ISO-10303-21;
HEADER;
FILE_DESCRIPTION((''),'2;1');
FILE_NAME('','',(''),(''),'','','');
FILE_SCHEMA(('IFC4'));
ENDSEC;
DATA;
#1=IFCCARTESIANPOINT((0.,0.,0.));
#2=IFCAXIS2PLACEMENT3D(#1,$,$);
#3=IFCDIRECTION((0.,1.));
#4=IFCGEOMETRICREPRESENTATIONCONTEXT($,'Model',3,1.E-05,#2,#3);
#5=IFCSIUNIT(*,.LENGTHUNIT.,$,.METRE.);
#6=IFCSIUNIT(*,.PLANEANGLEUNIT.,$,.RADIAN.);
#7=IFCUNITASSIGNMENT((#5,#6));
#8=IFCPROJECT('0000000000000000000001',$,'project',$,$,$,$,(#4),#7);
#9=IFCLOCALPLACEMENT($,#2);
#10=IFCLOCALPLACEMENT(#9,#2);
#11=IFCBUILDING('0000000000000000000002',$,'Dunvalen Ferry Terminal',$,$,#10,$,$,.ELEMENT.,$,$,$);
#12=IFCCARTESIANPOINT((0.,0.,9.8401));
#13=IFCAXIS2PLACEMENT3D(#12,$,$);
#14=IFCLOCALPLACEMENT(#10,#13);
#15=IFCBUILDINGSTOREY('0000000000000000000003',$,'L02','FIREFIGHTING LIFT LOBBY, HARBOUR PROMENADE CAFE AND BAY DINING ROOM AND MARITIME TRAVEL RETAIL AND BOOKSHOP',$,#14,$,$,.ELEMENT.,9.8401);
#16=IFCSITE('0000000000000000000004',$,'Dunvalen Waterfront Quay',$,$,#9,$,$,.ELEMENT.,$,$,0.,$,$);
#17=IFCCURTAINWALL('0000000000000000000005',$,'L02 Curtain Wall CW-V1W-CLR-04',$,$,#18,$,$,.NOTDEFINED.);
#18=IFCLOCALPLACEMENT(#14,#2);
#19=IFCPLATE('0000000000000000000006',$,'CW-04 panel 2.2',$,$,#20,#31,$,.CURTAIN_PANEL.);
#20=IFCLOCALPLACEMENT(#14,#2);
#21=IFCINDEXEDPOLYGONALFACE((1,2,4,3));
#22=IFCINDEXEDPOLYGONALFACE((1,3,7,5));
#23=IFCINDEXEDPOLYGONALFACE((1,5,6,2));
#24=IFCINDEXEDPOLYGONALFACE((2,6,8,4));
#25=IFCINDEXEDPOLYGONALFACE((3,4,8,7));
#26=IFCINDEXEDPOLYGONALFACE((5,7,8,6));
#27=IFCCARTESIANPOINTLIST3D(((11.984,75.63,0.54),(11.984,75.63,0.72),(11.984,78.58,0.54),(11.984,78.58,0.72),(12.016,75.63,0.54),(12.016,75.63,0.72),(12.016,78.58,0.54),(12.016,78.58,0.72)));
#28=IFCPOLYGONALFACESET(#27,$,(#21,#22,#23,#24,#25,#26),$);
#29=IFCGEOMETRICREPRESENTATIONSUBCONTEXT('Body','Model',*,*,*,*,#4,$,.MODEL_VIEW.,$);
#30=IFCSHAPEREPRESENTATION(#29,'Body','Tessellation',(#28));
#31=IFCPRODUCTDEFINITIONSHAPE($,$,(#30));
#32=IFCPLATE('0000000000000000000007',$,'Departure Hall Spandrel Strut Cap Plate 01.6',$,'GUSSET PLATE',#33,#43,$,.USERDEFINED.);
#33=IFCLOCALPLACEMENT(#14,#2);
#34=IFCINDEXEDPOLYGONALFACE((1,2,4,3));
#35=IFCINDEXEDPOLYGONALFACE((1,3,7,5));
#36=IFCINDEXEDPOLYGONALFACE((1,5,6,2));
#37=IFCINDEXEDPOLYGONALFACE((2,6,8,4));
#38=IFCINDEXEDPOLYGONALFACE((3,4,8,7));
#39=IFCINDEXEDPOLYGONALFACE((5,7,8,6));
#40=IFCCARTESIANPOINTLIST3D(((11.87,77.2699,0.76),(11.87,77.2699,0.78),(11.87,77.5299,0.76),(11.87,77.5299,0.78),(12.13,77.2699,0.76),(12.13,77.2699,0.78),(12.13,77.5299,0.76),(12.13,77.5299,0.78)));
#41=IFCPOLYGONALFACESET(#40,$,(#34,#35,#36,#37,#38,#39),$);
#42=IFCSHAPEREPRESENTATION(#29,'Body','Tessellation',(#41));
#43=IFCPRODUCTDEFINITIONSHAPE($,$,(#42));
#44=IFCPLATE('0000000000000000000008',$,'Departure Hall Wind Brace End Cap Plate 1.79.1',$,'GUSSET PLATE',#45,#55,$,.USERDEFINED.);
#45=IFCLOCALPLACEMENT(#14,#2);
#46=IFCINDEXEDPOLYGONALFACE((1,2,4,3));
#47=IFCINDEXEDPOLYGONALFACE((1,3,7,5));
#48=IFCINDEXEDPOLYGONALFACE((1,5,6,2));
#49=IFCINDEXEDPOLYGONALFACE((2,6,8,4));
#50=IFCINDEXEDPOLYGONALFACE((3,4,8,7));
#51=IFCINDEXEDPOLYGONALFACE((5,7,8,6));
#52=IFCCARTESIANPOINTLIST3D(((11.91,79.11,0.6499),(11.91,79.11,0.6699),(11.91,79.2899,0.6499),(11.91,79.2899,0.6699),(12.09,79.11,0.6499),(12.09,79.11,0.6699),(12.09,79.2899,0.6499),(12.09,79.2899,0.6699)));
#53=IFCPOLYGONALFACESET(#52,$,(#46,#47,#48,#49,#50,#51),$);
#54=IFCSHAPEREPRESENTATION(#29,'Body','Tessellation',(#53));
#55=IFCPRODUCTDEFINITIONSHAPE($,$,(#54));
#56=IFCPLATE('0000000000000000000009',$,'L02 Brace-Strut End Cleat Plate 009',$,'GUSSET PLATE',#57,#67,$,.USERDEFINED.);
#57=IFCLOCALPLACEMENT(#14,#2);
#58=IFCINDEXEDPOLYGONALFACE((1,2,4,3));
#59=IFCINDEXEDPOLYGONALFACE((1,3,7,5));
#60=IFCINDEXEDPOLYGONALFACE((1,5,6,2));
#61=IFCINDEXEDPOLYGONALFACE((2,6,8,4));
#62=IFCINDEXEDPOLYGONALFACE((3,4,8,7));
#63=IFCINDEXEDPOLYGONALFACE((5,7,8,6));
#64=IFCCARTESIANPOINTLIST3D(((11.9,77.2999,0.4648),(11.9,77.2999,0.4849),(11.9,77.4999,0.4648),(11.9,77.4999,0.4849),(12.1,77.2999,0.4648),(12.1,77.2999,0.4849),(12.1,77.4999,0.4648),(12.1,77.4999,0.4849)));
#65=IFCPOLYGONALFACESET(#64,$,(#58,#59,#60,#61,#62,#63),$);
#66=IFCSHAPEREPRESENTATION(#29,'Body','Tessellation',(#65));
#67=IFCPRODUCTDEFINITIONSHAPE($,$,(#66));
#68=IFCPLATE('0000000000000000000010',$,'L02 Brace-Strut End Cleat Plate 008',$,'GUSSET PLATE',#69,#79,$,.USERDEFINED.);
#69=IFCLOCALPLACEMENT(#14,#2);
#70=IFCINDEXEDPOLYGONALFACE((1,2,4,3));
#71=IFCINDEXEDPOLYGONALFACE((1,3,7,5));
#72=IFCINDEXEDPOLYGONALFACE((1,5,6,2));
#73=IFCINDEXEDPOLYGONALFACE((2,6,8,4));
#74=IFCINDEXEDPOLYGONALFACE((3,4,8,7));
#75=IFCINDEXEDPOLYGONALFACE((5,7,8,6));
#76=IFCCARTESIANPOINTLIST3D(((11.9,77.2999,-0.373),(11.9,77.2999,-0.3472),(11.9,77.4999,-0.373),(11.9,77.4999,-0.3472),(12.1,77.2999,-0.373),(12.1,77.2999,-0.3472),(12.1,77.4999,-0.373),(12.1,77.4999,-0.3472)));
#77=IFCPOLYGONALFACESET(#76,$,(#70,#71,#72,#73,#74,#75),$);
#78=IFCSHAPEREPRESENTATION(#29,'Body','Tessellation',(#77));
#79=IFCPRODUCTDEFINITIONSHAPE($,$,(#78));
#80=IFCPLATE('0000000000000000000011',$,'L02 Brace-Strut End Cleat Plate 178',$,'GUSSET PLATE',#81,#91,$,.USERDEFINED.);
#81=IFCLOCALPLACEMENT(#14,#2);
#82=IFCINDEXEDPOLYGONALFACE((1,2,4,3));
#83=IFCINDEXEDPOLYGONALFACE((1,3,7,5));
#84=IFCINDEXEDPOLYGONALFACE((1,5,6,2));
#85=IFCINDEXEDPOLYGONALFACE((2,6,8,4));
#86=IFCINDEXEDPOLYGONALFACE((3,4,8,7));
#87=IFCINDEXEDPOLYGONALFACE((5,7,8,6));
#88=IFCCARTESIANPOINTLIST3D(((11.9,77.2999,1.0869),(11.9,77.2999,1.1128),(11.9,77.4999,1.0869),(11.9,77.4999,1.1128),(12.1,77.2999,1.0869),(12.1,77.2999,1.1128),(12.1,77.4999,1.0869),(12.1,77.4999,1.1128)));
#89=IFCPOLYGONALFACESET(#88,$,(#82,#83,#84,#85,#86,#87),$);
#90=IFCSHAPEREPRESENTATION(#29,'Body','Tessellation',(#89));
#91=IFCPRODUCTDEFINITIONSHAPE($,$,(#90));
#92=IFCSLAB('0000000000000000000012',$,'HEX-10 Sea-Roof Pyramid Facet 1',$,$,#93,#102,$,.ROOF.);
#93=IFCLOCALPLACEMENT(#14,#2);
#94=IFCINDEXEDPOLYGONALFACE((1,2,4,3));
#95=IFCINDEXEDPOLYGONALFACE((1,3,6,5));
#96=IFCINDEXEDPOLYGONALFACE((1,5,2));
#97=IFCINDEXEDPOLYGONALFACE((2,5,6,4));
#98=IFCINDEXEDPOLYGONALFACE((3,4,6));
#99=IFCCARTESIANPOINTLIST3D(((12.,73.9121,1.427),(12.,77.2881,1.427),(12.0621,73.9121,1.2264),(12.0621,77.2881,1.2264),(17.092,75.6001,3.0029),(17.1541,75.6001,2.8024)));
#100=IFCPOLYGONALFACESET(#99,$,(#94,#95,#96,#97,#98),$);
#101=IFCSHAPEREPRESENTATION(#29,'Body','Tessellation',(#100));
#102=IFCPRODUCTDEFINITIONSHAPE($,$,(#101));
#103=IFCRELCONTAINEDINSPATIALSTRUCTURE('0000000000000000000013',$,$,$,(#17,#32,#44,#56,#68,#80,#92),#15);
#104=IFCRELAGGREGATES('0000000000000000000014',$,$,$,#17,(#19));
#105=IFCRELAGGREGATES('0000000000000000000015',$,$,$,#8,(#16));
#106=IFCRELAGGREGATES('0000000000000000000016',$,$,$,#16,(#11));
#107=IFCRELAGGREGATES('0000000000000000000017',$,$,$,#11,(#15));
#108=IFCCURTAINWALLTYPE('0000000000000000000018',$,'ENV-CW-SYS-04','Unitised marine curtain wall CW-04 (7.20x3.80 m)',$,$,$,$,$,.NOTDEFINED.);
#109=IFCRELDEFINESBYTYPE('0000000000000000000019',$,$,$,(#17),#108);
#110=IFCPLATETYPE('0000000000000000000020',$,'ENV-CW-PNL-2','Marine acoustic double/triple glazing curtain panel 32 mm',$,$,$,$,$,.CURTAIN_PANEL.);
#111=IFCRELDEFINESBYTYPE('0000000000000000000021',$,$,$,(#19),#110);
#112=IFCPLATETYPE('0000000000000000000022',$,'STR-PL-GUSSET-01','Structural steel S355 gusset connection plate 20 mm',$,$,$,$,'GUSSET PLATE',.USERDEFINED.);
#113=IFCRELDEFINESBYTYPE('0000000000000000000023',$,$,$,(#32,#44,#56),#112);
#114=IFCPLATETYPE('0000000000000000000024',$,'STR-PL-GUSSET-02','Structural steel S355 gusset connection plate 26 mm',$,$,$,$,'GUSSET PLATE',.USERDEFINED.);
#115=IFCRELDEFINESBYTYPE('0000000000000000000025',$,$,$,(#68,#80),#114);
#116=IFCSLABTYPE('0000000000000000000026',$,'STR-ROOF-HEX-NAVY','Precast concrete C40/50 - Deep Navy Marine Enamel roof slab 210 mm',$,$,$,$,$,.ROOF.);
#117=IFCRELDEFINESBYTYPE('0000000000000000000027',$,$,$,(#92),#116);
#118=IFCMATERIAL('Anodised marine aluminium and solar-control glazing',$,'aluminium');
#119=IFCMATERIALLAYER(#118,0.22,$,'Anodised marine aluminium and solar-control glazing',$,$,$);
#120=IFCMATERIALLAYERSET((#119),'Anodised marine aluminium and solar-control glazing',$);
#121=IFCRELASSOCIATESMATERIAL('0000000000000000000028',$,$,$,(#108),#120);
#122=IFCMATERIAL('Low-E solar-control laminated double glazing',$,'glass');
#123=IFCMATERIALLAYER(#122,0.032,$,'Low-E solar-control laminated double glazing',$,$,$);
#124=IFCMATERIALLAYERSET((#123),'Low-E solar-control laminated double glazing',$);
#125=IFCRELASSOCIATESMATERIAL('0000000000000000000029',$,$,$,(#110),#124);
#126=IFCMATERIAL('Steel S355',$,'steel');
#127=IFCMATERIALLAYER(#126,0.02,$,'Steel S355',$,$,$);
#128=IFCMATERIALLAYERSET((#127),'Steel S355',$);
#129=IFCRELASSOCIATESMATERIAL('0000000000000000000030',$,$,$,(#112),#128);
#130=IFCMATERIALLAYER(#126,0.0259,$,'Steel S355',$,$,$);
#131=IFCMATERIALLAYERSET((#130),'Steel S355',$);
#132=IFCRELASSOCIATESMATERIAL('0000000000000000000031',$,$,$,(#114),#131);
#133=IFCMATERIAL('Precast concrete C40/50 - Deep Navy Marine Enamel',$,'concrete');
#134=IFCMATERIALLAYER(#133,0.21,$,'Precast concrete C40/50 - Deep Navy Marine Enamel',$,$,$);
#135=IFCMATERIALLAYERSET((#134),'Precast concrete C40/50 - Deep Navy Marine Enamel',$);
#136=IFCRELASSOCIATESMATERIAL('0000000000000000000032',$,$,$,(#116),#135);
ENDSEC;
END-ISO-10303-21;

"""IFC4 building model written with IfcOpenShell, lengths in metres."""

from ifc_helpers import new_model, si_unit, direction, frame, origin, origin_2d, place, context, subcontext, project, spatial, polyline, rectangle, outline, extrude, material, layer, layer_set, type_object, element, aggregate, save


model = new_model("IFC4")

# Units and contexts
model_context = context("Model", 3, precision=1e-05, world=origin(), true_north=direction((0.0, 1.0)))
body_context = subcontext(model_context, "Body", "Model", "MODEL_VIEW")
ifc_project = project(units=[si_unit("LENGTHUNIT", "METRE"), si_unit("PLANEANGLEUNIT", "RADIAN")], contexts=[model_context])

# Site, building, storey
site_placement = place(None, origin())
site = spatial("IfcSite", under=ifc_project, at=site_placement, Name="Dunvalen Waterfront Quay", CompositionType="ELEMENT", RefElevation=0.0)
building_placement = place(site_placement, origin())
building = spatial("IfcBuilding", under=site, at=building_placement, Name="Dunvalen Ferry Terminal", CompositionType="ELEMENT")
storey_placement = place(building_placement, frame((0.0, 0.0, 9.8401)))
storey = spatial("IfcBuildingStorey", under=building, at=storey_placement, Name="L02", Description="FIREFIGHTING LIFT LOBBY, HARBOUR PROMENADE CAFE AND BAY DINING ROOM AND MARITIME TRAVEL RETAIL AND BOOKSHOP", CompositionType="ELEMENT", Elevation=9.8401)

# Curtain wall
ifc_material_1 = material(Name="Anodised marine aluminium and solar-control glazing", Category="aluminium")
ifc_layer_1 = layer(ifc_material_1, 0.22, Name="Anodised marine aluminium and solar-control glazing")
ifc_layer_set_1 = layer_set([ifc_layer_1], Name="Anodised marine aluminium and solar-control glazing")
curtain_wall_type = type_object("IfcCurtainWallType", Name="ENV-CW-SYS-04", Description="Unitised marine curtain wall CW-04 (7.20x3.80 m)", PredefinedType="NOTDEFINED", material=ifc_layer_set_1)
curtain_wall_1_placement = place(storey_placement, origin())
curtain_wall_1 = element("IfcCurtainWall", 1, at=curtain_wall_1_placement, inside=storey, type_object=curtain_wall_type, Name="L02 Curtain Wall CW-V1W-CLR-04", PredefinedType="NOTDEFINED")

# Shared definitions
ifc_material_2 = material(Name="Steel S355", Category="steel")

# Plate
ifc_material_3 = material(Name="Low-E solar-control laminated double glazing", Category="glass")
ifc_layer_2 = layer(ifc_material_3, 0.032, Name="Low-E solar-control laminated double glazing")
ifc_layer_set_2 = layer_set([ifc_layer_2], Name="Low-E solar-control laminated double glazing")
plate_type_1 = type_object("IfcPlateType", Name="ENV-CW-PNL-2", Description="Marine acoustic double/triple glazing curtain panel 32 mm", PredefinedType="CURTAIN_PANEL", material=ifc_layer_set_2)
plate_1_placement = place(storey_placement, frame((12.0, 77.105, 0.54), z_axis=(0.0, 0.0, 1.0), x_axis=(0.0, 1.0, 0.0)))
plate_1 = element("IfcPlate", 2, at=plate_1_placement, type_object=plate_type_1, Name="CW-04 panel 2.2", PredefinedType="CURTAIN_PANEL", context=body_context, shape_type="SweptSolid", body=[
    extrude(rectangle(XDim=2.95, YDim=0.032, at=origin_2d()), origin(), (0.0, 0.0, 1.0), 0.1799),
])
aggregate(curtain_wall_1, [plate_1])

# Plates
ifc_layer_3 = layer(ifc_material_2, 0.02, Name="Steel S355")
ifc_layer_set_3 = layer_set([ifc_layer_3], Name="Steel S355")
plate_type_2 = type_object("IfcPlateType", Name="STR-PL-GUSSET-01", Description="Structural steel S355 gusset connection plate 20 mm", ElementType="GUSSET PLATE", PredefinedType="USERDEFINED", material=ifc_layer_set_3)
plate_2_placement = place(storey_placement, frame((12.0, 77.3999, 0.76), z_axis=(0.0, 0.0, 1.0), x_axis=(1.0, 0.0, 0.0)))
element("IfcPlate", 3, at=plate_2_placement, inside=storey, type_object=plate_type_2, Name="Departure Hall Spandrel Strut Cap Plate 01.6", ObjectType="GUSSET PLATE", PredefinedType="USERDEFINED", context=body_context, shape_type="SweptSolid", body=[
    extrude(rectangle(XDim=0.26, YDim=0.26, at=origin_2d()), origin(), (0.0, 0.0, 1.0), 0.02),
])
plate_3_placement = place(storey_placement, frame((12.0, 79.2, 0.6499), z_axis=(0.0, 0.0, 1.0), x_axis=(1.0, 0.0, 0.0)))
element("IfcPlate", 4, at=plate_3_placement, inside=storey, type_object=plate_type_2, Name="Departure Hall Wind Brace End Cap Plate 1.79.1", ObjectType="GUSSET PLATE", PredefinedType="USERDEFINED", context=body_context, shape_type="SweptSolid", body=[
    extrude(rectangle(XDim=0.1799, YDim=0.1799, at=origin_2d()), origin(), (0.0, 0.0, 1.0), 0.02),
])
plate_4_placement = place(storey_placement, frame((12.0, 77.3999, 0.4648), z_axis=(0.0, 0.0, 1.0), x_axis=(1.0, 0.0, 0.0)))
element("IfcPlate", 5, at=plate_4_placement, inside=storey, type_object=plate_type_2, Name="L02 Brace-Strut End Cleat Plate 009", ObjectType="GUSSET PLATE", PredefinedType="USERDEFINED", context=body_context, shape_type="SweptSolid", body=[
    extrude(rectangle(XDim=0.2, YDim=0.2, at=origin_2d()), origin(), (0.0, 0.0, 1.0), 0.02),
])
ifc_layer_4 = layer(ifc_material_2, 0.0259, Name="Steel S355")
ifc_layer_set_4 = layer_set([ifc_layer_4], Name="Steel S355")
plate_type_3 = type_object("IfcPlateType", Name="STR-PL-GUSSET-02", Description="Structural steel S355 gusset connection plate 26 mm", ElementType="GUSSET PLATE", PredefinedType="USERDEFINED", material=ifc_layer_set_4)
for number, where, z_axis, x_axis, name in (
    (6, (12.0, 77.3999, -0.373), (0.0, 0.0, 1.0), (1.0, 0.0, 0.0), "L02 Brace-Strut End Cleat Plate 008"),
    (7, (12.0, 77.3999, 1.0869), (0.0, 0.0, 1.0), (1.0, 0.0, 0.0), "L02 Brace-Strut End Cleat Plate 178"),
):
    element("IfcPlate", number, at=place(storey_placement, frame(where, z_axis=z_axis, x_axis=x_axis)), inside=storey, type_object=plate_type_3, Name=name, ObjectType="GUSSET PLATE", PredefinedType="USERDEFINED", context=body_context, shape_type="SweptSolid", body=[
        extrude(rectangle(XDim=0.2, YDim=0.2, at=origin_2d()), origin(), (0.0, 0.0, 1.0), 0.0259),
    ])

# Slab
ifc_material_4 = material(Name="Precast concrete C40/50 - Deep Navy Marine Enamel", Category="concrete")
ifc_layer_5 = layer(ifc_material_4, 0.21, Name="Precast concrete C40/50 - Deep Navy Marine Enamel")
ifc_layer_set_5 = layer_set([ifc_layer_5], Name="Precast concrete C40/50 - Deep Navy Marine Enamel")
slab_type = type_object("IfcSlabType", Name="STR-ROOF-HEX-NAVY", Description="Precast concrete C40/50 - Deep Navy Marine Enamel roof slab 210 mm", PredefinedType="ROOF", material=ifc_layer_set_5)
slab_placement = place(storey_placement, frame((12.0, 77.2881, 1.427), z_axis=(-0.295653, 0.0, 0.955295), x_axis=(0.0, -1.0, 0.0)))
element("IfcSlab", 8, at=slab_placement, inside=storey, type_object=slab_type, Name="HEX-10 Sea-Roof Pyramid Facet 1", PredefinedType="ROOF", context=body_context, shape_type="SweptSolid", body=[
    extrude(outline(polyline([(0.0, 0.0), (3.376, 0.0), (1.688, 5.3303), (0.0, 0.0)])), origin(), (0.0, 0.0, -1.0), 0.21),
])

save(model, "model.ifc")
